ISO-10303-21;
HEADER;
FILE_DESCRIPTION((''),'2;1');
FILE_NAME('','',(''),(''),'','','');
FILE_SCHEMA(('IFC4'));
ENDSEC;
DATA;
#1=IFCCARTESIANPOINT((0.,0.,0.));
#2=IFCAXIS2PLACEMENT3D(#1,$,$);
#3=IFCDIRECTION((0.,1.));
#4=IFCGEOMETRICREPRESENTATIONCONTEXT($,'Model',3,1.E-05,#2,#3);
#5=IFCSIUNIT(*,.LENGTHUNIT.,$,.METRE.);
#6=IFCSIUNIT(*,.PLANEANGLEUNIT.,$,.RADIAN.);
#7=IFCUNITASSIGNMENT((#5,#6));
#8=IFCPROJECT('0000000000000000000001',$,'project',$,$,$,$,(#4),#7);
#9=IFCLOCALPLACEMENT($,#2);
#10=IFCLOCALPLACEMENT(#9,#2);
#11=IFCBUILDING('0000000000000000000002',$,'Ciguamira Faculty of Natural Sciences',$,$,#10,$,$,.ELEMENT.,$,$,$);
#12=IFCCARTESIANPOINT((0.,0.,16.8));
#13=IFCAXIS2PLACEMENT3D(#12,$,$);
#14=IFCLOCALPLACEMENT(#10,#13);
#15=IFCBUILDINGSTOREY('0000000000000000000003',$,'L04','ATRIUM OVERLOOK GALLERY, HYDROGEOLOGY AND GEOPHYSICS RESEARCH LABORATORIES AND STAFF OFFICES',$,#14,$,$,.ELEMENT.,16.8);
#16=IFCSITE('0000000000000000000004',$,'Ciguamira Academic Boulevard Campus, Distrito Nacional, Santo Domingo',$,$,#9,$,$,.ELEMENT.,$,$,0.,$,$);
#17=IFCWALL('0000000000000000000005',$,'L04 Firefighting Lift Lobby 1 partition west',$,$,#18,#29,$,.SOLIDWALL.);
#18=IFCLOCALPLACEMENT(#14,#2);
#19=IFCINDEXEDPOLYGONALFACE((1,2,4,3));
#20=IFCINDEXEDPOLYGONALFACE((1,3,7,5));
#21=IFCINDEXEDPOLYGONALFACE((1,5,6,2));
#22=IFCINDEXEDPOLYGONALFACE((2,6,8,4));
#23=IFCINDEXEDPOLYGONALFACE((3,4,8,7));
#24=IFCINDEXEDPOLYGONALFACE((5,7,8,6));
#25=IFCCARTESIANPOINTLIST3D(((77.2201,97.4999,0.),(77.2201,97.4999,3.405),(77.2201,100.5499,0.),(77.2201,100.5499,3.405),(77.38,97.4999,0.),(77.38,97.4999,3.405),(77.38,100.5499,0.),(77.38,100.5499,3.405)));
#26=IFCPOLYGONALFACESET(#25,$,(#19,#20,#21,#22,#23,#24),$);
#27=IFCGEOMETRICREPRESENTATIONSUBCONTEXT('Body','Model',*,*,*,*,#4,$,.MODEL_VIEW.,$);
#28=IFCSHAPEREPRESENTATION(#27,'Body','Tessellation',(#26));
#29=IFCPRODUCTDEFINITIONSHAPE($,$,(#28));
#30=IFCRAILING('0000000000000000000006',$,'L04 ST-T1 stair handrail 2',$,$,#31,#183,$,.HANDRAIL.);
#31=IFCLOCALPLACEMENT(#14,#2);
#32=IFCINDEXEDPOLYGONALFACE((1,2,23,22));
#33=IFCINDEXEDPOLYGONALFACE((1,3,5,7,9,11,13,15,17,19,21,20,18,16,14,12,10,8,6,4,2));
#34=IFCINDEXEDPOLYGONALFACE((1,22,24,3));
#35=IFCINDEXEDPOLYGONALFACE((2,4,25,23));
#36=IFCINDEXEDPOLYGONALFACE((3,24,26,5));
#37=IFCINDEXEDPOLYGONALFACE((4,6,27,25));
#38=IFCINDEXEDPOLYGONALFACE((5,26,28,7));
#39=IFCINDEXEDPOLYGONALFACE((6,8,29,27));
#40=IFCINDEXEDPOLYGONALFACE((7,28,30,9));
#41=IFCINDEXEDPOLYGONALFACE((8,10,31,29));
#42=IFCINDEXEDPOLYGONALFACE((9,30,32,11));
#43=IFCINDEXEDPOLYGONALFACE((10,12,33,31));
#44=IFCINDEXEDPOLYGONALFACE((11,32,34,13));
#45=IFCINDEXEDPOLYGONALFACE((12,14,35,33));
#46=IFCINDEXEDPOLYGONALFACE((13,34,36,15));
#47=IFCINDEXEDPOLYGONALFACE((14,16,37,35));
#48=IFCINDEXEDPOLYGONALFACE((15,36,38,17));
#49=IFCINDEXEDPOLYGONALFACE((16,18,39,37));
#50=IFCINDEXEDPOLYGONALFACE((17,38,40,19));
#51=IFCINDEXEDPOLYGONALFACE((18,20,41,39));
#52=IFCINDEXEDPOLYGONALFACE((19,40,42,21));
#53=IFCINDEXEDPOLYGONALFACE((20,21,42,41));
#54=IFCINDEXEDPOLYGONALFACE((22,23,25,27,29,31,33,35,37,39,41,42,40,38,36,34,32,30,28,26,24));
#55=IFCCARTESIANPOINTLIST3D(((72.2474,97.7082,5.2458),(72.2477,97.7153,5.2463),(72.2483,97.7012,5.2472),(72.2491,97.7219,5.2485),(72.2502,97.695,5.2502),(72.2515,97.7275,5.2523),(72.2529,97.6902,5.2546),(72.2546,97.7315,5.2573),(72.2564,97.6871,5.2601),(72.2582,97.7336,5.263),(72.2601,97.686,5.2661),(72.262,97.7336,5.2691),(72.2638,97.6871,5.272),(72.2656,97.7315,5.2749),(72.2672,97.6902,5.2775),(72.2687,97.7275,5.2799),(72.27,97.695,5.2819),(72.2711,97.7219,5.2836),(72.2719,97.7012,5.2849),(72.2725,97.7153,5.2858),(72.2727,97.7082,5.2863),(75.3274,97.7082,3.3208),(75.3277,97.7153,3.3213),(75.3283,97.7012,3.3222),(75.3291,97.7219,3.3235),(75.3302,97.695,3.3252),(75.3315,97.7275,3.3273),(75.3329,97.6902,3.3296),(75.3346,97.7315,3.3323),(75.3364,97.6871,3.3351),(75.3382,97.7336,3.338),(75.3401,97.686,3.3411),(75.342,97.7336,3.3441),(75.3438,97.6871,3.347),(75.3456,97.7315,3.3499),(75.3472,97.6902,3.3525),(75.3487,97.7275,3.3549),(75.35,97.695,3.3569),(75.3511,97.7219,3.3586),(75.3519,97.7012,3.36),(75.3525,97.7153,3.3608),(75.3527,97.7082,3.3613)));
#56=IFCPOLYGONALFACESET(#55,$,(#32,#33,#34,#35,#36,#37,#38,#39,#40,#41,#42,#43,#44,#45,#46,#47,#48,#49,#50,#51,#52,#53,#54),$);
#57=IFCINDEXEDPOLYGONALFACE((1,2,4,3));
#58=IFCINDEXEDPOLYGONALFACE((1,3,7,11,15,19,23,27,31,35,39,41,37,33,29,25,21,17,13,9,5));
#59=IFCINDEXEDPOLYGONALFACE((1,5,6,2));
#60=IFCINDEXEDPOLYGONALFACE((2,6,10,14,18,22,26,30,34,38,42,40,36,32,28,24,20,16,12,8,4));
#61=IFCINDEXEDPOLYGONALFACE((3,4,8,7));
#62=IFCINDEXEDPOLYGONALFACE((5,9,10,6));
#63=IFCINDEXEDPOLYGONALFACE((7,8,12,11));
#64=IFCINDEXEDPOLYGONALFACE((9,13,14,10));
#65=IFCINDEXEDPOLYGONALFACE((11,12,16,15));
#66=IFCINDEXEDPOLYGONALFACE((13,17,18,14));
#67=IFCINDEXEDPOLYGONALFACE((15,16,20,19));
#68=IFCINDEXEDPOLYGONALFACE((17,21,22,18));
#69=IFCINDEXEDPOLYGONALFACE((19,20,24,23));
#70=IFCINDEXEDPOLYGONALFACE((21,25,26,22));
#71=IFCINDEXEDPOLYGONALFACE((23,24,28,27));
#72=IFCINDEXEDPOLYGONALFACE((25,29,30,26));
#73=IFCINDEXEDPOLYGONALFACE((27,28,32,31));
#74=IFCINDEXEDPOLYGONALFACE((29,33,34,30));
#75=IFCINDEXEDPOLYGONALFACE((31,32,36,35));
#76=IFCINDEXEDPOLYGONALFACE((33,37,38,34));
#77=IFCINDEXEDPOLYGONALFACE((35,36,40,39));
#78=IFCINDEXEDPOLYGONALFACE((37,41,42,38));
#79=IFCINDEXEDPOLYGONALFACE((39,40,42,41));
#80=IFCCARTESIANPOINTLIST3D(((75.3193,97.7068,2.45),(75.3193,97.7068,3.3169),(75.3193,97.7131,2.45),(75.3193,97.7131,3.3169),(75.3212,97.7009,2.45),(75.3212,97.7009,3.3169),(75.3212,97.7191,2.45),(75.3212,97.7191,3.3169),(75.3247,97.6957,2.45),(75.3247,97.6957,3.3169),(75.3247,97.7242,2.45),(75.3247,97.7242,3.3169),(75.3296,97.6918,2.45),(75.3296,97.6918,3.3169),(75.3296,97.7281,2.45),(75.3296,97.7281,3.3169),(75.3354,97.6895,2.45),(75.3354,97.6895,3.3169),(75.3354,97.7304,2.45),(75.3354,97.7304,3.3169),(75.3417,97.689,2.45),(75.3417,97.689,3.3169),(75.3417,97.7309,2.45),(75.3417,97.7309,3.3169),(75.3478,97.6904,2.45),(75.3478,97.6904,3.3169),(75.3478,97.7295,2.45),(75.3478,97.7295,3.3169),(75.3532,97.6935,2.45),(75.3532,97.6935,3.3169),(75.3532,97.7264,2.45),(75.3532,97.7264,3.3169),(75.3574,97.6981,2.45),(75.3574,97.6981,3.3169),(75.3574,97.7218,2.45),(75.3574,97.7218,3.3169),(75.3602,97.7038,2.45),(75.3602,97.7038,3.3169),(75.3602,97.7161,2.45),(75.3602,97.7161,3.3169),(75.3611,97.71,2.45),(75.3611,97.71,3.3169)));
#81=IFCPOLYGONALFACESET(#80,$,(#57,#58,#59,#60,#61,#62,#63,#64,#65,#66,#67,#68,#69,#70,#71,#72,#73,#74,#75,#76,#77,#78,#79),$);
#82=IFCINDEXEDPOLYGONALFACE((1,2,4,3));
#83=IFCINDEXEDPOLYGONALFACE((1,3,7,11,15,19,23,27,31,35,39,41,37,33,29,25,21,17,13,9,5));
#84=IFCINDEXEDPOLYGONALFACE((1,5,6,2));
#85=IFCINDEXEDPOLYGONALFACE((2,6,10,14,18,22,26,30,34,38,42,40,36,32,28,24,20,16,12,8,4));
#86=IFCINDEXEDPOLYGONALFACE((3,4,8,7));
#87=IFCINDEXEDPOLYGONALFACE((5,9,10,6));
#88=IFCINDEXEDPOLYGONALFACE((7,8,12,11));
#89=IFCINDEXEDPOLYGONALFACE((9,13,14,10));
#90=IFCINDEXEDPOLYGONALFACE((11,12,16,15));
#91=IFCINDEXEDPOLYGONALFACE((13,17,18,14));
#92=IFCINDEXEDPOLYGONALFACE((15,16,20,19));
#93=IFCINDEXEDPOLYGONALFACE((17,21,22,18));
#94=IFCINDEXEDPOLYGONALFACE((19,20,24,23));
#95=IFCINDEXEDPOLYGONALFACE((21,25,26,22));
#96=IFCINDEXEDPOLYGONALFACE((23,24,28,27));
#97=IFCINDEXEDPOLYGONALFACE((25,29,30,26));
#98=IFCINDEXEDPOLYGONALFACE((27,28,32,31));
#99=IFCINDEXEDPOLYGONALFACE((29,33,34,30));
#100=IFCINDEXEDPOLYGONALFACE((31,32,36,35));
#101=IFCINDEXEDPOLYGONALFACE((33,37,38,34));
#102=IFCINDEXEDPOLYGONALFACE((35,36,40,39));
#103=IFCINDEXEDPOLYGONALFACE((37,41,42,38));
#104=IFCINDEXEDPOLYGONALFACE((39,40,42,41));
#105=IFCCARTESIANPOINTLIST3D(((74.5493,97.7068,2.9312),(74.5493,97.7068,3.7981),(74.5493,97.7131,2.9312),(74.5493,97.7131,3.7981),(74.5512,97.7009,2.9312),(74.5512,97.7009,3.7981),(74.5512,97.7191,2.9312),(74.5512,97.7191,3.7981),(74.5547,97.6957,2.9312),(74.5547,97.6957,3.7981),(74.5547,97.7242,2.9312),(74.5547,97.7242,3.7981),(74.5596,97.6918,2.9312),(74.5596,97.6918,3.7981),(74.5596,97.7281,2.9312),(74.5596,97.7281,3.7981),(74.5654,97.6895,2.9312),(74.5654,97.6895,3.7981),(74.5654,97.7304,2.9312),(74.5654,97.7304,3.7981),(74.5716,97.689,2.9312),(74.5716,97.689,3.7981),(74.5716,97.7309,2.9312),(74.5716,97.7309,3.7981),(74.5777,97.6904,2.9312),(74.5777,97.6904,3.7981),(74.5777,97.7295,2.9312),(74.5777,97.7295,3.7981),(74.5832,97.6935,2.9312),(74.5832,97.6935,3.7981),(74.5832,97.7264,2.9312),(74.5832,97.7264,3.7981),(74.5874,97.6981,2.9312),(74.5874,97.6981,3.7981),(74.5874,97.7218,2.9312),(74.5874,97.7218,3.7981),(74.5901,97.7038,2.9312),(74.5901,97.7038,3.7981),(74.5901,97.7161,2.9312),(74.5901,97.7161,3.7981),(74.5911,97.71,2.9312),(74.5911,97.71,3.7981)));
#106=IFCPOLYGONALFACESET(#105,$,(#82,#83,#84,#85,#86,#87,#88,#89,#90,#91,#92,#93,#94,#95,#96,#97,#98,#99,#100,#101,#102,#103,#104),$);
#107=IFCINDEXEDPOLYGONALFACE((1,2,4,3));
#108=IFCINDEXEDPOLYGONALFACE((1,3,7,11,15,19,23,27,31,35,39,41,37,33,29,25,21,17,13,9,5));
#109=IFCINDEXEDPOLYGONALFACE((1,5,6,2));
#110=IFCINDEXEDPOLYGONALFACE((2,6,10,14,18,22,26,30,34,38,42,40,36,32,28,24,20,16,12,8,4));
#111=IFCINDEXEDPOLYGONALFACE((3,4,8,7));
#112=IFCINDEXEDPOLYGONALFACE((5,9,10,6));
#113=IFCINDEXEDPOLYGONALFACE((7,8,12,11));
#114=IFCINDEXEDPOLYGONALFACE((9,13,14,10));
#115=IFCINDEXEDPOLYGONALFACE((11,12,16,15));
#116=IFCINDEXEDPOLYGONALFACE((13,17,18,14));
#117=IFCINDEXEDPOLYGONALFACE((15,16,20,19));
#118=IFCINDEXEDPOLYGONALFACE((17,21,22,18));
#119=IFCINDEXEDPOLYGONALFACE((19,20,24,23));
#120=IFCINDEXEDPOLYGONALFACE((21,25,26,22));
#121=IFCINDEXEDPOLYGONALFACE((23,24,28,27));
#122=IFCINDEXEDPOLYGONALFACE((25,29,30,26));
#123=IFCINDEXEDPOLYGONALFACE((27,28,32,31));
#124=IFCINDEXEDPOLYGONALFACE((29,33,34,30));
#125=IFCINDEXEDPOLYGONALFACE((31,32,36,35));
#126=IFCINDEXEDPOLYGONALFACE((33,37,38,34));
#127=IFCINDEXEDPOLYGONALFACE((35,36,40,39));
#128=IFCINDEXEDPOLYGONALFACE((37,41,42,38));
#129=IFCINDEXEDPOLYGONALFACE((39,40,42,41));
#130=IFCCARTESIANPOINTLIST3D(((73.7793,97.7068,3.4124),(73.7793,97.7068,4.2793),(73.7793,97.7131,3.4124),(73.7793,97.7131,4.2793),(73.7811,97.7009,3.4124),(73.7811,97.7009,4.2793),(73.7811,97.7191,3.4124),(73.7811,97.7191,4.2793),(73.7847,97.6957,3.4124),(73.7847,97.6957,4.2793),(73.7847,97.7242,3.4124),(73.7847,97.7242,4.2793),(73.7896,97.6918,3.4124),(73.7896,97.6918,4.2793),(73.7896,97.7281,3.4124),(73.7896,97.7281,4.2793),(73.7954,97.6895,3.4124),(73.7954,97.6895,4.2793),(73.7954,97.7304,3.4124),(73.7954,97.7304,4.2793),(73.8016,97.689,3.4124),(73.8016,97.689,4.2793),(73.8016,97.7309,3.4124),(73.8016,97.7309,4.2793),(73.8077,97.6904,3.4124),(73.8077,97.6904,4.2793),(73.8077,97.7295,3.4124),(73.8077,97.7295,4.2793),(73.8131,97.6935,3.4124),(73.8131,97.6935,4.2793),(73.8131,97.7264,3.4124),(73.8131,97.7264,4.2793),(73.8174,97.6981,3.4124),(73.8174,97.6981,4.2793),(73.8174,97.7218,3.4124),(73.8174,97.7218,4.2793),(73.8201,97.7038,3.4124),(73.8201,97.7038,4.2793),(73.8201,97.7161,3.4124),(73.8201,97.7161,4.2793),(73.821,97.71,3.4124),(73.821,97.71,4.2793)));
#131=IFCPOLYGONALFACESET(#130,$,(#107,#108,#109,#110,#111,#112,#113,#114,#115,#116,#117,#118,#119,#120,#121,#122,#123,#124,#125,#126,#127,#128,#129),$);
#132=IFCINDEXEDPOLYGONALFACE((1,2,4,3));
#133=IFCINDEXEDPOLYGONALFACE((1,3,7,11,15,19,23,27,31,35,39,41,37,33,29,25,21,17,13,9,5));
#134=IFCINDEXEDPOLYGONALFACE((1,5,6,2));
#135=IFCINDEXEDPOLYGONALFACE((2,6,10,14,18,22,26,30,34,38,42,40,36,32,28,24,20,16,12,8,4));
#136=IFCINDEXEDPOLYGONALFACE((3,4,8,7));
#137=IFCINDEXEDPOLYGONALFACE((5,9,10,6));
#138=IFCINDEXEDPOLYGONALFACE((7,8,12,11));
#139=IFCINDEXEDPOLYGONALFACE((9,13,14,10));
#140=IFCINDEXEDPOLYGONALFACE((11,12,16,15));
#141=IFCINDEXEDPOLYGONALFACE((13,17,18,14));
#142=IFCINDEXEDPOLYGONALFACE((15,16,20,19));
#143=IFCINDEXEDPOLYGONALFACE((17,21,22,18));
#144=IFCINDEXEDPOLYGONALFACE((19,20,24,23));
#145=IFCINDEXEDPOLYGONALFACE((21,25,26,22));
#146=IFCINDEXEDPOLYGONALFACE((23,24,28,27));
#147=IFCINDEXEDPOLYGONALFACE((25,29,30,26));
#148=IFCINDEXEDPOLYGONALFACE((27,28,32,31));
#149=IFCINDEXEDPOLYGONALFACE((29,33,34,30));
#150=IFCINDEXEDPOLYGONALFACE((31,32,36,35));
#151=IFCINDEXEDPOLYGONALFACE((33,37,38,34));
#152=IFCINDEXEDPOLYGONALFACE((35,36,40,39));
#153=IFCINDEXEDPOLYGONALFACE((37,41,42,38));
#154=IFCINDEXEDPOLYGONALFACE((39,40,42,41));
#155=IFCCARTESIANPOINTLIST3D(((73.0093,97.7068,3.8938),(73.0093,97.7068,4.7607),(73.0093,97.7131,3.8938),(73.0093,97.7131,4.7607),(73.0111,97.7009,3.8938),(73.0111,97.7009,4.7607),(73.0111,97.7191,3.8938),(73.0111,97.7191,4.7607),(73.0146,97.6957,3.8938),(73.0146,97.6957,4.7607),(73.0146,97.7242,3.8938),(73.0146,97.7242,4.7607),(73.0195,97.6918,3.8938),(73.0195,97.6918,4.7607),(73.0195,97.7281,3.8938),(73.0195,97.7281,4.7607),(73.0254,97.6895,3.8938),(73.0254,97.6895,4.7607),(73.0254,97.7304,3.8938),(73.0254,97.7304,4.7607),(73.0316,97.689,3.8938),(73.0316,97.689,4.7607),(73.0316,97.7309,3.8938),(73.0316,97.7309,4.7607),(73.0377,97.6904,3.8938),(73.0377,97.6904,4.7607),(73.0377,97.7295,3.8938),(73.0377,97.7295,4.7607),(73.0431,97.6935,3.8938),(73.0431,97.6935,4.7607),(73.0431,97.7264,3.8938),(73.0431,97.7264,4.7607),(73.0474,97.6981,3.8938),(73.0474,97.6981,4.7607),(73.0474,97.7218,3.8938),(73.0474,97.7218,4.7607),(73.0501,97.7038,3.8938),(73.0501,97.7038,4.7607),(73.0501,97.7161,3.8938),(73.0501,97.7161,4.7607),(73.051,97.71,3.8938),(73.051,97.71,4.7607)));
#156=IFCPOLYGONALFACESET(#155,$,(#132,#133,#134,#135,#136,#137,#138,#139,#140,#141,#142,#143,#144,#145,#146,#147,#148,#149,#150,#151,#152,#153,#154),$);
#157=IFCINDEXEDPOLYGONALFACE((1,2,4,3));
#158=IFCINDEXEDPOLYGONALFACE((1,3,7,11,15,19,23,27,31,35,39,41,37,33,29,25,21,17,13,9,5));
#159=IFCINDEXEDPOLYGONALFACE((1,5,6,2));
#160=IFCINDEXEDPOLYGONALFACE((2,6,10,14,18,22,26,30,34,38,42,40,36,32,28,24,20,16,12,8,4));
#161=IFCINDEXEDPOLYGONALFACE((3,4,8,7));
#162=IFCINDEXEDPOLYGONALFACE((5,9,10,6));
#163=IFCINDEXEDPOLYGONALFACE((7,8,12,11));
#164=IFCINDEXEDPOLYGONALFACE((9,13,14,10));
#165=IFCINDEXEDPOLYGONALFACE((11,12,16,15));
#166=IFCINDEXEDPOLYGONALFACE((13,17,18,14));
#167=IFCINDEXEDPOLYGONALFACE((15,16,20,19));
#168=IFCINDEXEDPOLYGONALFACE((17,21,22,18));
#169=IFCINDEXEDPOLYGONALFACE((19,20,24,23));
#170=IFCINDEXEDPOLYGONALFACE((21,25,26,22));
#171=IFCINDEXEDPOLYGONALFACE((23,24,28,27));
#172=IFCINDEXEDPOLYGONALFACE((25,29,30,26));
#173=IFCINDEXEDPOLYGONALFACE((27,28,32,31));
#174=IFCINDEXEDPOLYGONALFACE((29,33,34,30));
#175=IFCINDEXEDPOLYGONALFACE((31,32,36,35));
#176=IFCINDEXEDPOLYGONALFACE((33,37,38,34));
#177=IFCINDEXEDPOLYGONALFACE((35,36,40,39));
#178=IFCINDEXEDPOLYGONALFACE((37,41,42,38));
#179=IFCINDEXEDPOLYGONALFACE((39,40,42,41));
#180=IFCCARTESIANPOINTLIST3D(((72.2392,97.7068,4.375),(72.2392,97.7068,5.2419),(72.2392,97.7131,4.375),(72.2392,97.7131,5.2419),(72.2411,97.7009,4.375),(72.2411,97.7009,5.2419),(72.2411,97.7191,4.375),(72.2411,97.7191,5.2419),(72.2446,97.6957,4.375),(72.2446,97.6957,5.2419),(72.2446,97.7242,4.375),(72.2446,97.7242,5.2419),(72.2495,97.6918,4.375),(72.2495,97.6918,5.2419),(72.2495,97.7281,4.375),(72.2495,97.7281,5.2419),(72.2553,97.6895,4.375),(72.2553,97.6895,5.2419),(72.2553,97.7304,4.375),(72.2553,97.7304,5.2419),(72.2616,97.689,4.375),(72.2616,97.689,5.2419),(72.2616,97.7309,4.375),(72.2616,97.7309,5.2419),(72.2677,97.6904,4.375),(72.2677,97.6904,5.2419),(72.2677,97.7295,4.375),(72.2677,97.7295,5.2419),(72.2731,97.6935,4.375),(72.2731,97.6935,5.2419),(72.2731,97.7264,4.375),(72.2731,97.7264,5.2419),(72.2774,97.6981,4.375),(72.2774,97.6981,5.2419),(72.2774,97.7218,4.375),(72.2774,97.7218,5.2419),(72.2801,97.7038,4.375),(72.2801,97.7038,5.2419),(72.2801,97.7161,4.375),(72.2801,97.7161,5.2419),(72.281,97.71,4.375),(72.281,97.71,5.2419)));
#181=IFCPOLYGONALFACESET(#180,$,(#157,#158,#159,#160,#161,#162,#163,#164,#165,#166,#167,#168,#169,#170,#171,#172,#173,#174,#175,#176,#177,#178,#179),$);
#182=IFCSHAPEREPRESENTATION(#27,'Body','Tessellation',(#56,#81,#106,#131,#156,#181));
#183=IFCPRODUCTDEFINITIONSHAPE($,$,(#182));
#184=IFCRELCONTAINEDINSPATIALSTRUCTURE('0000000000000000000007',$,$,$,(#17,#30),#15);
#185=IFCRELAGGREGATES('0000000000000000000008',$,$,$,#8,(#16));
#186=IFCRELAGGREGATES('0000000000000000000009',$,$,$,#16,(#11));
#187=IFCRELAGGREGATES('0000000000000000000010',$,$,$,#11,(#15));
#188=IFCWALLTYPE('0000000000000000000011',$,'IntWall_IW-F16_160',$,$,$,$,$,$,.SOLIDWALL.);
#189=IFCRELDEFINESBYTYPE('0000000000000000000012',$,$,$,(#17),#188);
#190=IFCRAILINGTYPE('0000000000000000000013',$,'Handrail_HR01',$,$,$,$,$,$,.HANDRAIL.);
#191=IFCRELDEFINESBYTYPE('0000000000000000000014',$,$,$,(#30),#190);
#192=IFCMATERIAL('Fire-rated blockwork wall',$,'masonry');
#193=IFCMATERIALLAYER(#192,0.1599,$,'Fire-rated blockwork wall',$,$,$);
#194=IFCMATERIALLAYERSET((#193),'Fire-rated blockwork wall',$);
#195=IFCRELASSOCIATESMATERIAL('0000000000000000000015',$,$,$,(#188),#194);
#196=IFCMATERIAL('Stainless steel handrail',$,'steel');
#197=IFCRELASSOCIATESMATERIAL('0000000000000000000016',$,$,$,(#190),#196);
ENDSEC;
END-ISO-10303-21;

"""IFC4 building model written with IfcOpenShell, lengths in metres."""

from ifc_helpers import new_model, si_unit, direction, frame, frame_2d, origin, origin_2d, place, context, subcontext, project, spatial, rectangle, circle, extrude, material, layer, layer_set, type_object, element, save


model = new_model("IFC4")

# Units and contexts
model_context = context("Model", 3, precision=1e-05, world=origin(), true_north=direction((0.0, 1.0)))
body_context = subcontext(model_context, "Body", "Model", "MODEL_VIEW")
ifc_project = project(units=[si_unit("LENGTHUNIT", "METRE"), si_unit("PLANEANGLEUNIT", "RADIAN")], contexts=[model_context])

# Site, building, storey
site_placement = place(None, origin())
site = spatial("IfcSite", under=ifc_project, at=site_placement, Name="Ciguamira Academic Boulevard Campus, Distrito Nacional, Santo Domingo", CompositionType="ELEMENT", RefElevation=0.0)
building_placement = place(site_placement, origin())
building = spatial("IfcBuilding", under=site, at=building_placement, Name="Ciguamira Faculty of Natural Sciences", CompositionType="ELEMENT")
storey_placement = place(building_placement, frame((0.0, 0.0, 16.8)))
storey = spatial("IfcBuildingStorey", under=building, at=storey_placement, Name="L04", Description="ATRIUM OVERLOOK GALLERY, HYDROGEOLOGY AND GEOPHYSICS RESEARCH LABORATORIES AND STAFF OFFICES", CompositionType="ELEMENT", Elevation=16.8)

# Shared definitions
ifc_material_1 = material(Name="Fire-rated blockwork wall", Category="masonry")
ifc_layer_1 = layer(ifc_material_1, 0.1599, Name="Fire-rated blockwork wall")
ifc_layer_set_1 = layer_set([ifc_layer_1], Name="Fire-rated blockwork wall")
wall_type_1 = type_object("IfcWallType", Name="IntWall_IW-F16_160", PredefinedType="SOLIDWALL", material=ifc_layer_set_1)

# Wall
wall_1_placement = place(storey_placement, frame((77.3, 97.5, 0.0), z_axis=(0.0, 0.0, 1.0), x_axis=(0.0, 1.0, 0.0)))
element("IfcWall", 1, at=wall_1_placement, inside=storey, type_object=wall_type_1, Name="L04 Firefighting Lift Lobby 1 partition west", PredefinedType="SOLIDWALL", context=body_context, shape_type="SweptSolid", body=[
    extrude(rectangle(XDim=3.05, YDim=0.1599, at=frame_2d((1.5249, 0.0))), origin(), (0.0, 0.0, 1.0), 3.405),
])

# Railing
ifc_material_2 = material(Name="Stainless steel handrail", Category="steel")
railing_type = type_object("IfcRailingType", Name="Handrail_HR01", PredefinedType="HANDRAIL", material=ifc_material_2)
railing_placement = place(storey_placement, frame((75.3401, 97.71, 2.45)))
element("IfcRailing", 2, at=railing_placement, inside=storey, type_object=railing_type, Name="L04 ST-T1 stair handrail 2", PredefinedType="HANDRAIL", context=body_context, shape_type="SweptSolid", body=[
    extrude(circle(Radius=0.0239, at=origin_2d()), frame((0.0, 0.0, 0.8911), z_axis=(-0.847998, 0.0, 0.529999), x_axis=(0.0, -1.0, 0.0)), (0.0, 0.0, 1.0), 3.6321),
    extrude(circle(Radius=0.021, at=origin_2d()), origin(), (0.0, 0.0, 1.0), 0.8669),
    extrude(circle(Radius=0.021, at=origin_2d()), frame((-0.77, 0.0, 0.4812)), (0.0, 0.0, 1.0), 0.8669),
    extrude(circle(Radius=0.021, at=origin_2d()), frame((-1.54, 0.0, 0.9624)), (0.0, 0.0, 1.0), 0.8669),
    extrude(circle(Radius=0.021, at=origin_2d()), frame((-2.3101, 0.0, 1.4438)), (0.0, 0.0, 1.0), 0.8669),
    extrude(circle(Radius=0.021, at=origin_2d()), frame((-3.0801, 0.0, 1.925)), (0.0, 0.0, 1.0), 0.8669),
])

save(model, "model.ifc")
